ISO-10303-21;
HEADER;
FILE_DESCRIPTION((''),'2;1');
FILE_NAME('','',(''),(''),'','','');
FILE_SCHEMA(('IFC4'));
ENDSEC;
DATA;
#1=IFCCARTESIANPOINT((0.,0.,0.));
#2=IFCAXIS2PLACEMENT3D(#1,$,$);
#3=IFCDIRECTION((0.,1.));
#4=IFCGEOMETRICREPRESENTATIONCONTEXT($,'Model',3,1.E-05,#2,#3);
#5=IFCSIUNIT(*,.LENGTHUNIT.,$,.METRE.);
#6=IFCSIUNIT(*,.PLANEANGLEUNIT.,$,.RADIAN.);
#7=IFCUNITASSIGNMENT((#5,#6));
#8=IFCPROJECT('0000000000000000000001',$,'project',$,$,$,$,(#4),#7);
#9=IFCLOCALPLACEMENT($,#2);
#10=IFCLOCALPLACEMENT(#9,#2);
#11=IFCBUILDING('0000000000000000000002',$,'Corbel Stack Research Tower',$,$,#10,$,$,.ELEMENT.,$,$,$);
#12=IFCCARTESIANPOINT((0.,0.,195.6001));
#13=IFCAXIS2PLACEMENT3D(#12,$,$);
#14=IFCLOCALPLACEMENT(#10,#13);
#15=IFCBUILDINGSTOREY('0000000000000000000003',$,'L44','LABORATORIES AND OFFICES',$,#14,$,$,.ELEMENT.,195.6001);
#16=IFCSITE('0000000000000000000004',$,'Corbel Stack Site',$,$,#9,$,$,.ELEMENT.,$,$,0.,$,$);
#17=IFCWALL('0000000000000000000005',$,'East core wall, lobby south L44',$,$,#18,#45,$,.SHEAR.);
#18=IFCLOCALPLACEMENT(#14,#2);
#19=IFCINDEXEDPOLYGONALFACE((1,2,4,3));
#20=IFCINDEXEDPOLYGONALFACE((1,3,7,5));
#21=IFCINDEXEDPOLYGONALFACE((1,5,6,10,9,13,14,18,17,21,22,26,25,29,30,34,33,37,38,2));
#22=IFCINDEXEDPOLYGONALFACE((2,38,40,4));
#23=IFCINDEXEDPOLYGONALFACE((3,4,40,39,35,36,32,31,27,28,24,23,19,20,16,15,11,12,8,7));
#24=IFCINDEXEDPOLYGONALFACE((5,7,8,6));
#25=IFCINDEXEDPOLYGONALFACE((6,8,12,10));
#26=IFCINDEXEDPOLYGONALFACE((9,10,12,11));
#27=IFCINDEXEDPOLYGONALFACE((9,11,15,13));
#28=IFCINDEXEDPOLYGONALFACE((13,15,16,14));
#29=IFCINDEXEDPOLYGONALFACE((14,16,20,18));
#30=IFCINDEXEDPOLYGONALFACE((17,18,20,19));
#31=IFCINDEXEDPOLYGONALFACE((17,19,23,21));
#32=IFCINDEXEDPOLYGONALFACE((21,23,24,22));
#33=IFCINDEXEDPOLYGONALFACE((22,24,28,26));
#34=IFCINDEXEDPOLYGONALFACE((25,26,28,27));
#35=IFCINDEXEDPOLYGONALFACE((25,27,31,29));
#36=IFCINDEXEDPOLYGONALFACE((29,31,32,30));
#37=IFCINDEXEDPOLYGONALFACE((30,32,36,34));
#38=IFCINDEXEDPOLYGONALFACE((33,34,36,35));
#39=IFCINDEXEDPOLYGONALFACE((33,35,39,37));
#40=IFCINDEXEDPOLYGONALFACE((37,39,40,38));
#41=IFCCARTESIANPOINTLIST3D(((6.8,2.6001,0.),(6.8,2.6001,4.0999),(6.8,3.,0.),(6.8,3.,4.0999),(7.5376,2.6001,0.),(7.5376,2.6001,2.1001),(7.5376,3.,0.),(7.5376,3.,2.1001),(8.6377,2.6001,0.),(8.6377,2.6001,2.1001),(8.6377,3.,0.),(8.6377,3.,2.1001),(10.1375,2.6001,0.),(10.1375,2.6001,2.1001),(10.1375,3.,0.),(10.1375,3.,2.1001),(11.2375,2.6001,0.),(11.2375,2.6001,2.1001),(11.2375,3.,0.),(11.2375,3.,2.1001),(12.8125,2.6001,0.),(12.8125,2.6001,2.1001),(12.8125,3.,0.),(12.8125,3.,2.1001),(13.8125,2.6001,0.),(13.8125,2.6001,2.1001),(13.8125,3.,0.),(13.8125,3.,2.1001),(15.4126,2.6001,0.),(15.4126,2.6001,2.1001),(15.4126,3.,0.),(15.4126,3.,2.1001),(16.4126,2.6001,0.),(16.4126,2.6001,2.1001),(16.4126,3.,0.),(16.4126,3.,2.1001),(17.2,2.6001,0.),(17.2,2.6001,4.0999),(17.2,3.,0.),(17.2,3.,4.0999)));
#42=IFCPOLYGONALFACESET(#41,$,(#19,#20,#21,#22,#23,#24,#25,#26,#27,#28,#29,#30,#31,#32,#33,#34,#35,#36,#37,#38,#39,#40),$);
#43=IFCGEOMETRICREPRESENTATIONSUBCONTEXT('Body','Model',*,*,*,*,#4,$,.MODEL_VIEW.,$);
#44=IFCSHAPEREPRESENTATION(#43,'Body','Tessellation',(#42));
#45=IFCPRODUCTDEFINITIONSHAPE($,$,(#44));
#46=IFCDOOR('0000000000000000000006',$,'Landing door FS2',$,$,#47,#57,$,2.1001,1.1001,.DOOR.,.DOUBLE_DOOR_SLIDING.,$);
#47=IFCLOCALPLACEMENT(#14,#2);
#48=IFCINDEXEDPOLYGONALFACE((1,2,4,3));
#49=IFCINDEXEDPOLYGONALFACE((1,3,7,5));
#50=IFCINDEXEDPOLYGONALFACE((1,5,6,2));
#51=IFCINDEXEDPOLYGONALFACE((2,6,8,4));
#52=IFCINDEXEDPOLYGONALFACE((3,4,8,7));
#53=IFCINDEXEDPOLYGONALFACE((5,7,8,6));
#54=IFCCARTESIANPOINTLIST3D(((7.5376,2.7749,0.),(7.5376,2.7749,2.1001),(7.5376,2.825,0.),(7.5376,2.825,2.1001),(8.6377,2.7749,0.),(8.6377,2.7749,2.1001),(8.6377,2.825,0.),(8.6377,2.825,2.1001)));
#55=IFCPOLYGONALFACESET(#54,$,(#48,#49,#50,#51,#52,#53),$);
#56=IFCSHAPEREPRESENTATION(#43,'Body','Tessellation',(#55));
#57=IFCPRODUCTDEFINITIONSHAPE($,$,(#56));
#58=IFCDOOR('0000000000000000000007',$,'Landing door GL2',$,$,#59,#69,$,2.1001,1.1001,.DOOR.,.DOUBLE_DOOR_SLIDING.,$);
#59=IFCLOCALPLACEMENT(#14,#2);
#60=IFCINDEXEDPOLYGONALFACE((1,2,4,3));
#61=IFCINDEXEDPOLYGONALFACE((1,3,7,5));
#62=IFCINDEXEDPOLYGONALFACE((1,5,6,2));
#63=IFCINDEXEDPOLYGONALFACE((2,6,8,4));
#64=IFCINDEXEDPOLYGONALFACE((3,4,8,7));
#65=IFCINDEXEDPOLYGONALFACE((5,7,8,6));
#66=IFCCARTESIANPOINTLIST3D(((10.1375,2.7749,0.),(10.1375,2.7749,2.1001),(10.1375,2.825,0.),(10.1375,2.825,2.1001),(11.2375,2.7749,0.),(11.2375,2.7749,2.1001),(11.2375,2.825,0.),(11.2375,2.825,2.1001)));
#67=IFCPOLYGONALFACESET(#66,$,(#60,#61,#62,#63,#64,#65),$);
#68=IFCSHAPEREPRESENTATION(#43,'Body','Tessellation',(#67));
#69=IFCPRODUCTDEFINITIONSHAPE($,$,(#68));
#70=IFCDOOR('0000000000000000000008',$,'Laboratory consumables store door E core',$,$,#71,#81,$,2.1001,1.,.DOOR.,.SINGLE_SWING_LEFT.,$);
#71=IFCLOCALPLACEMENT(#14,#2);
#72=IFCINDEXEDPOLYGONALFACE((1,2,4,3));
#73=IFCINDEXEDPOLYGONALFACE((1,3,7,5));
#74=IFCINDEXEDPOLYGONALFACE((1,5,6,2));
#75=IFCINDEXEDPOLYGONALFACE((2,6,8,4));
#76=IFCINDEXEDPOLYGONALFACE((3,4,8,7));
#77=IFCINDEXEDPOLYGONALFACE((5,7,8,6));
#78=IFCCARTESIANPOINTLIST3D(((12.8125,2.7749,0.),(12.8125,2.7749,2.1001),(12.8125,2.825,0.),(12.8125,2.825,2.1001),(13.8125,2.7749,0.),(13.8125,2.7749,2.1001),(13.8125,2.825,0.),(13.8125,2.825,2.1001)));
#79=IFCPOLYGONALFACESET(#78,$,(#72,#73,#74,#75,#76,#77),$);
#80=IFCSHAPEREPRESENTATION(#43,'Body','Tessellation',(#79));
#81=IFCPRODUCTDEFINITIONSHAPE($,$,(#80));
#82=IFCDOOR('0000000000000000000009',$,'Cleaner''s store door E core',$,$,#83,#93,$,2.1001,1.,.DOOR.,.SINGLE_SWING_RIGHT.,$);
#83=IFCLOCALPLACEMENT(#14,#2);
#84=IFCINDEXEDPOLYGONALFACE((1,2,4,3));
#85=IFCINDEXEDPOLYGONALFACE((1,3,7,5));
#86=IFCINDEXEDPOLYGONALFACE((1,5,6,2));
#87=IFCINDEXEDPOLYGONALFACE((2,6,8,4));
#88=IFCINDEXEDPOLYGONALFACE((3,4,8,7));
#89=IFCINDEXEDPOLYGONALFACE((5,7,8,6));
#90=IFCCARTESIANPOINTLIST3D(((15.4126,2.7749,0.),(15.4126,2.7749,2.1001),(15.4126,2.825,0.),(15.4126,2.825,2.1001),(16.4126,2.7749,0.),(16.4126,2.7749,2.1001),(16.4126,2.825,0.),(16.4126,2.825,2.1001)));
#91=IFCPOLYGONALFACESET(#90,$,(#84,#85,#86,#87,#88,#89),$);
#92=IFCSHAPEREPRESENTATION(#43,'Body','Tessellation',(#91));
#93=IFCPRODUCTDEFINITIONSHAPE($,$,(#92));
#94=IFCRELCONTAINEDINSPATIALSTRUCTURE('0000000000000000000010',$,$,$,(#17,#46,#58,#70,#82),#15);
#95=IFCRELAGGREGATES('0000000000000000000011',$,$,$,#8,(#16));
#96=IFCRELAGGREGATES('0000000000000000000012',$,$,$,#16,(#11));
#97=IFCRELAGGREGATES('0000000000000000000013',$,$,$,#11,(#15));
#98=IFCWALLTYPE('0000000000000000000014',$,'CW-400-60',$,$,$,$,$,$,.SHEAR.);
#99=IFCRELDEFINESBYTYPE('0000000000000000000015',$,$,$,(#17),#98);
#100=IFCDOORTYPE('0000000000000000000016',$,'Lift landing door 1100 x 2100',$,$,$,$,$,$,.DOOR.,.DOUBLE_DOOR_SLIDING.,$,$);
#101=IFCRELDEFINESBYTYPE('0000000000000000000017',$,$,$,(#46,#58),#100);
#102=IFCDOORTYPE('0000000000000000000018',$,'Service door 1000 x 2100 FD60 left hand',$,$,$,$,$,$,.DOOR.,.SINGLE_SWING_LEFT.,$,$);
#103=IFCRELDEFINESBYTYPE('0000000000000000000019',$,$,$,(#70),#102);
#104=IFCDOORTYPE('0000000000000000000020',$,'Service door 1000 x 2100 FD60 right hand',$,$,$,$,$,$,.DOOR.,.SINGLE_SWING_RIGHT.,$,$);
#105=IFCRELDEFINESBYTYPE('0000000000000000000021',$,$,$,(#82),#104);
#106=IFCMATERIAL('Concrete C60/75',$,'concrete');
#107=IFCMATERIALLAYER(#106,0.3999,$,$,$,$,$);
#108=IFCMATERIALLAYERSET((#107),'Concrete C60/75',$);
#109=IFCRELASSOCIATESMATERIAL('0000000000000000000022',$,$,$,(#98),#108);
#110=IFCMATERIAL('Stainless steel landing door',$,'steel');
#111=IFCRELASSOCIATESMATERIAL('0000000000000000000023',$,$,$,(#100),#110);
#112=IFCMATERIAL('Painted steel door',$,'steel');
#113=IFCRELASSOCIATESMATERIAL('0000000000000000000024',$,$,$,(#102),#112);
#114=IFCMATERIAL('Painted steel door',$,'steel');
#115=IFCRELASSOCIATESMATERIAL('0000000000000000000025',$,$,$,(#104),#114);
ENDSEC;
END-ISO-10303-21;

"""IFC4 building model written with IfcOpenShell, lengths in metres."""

from ifc_helpers import new_model, si_unit, direction, frame, frame_2d, origin, place, context, subcontext, project, spatial, rectangle, extrude, material, layer, layer_set, type_object, element, fill, save


model = new_model("IFC4")

# Units and contexts
model_context = context("Model", 3, precision=1e-05, world=origin(), true_north=direction((0.0, 1.0)))
body_context = subcontext(model_context, "Body", "Model", "MODEL_VIEW")
ifc_project = project(units=[si_unit("LENGTHUNIT", "METRE"), si_unit("PLANEANGLEUNIT", "RADIAN")], contexts=[model_context])

# Site, building, storey
site_placement = place(None, origin())
site = spatial("IfcSite", under=ifc_project, at=site_placement, Name="Corbel Stack Site", CompositionType="ELEMENT", RefElevation=0.0)
building_placement = place(site_placement, origin())
building = spatial("IfcBuilding", under=site, at=building_placement, Name="Corbel Stack Research Tower", CompositionType="ELEMENT")
storey_placement = place(building_placement, frame((0.0, 0.0, 195.6001)))
storey = spatial("IfcBuildingStorey", under=building, at=storey_placement, Name="L44", Description="LABORATORIES AND OFFICES", CompositionType="ELEMENT", Elevation=195.6001)

# Wall, openings, doors
ifc_material_1 = material(Name="Concrete C60/75", Category="concrete")
ifc_layer_1 = layer(ifc_material_1, 0.3999)
ifc_layer_set_1 = layer_set([ifc_layer_1], Name="Concrete C60/75")
wall_type_1 = type_object("IfcWallType", Name="CW-400-60", PredefinedType="SHEAR", material=ifc_layer_set_1)
wall_1_placement = place(storey_placement, frame((6.8, 2.8, 0.0), z_axis=(0.0, 0.0, 1.0), x_axis=(1.0, 0.0, 0.0)))
wall_1 = element("IfcWall", 1, at=wall_1_placement, inside=storey, type_object=wall_type_1, Name="East core wall, lobby south L44", PredefinedType="SHEAR", context=body_context, shape_type="SweptSolid", body=[
    extrude(rectangle(XDim=10.3999, YDim=0.3999, at=frame_2d((5.2, 0.0))), origin(), (0.0, 0.0, 1.0), 4.0999),
])
opening_1_placement = place(wall_1_placement, frame((0.7375, 0.0, 0.0)))
opening_1 = element("IfcOpeningElement", 2, at=opening_1_placement, cuts=wall_1, PredefinedType="OPENING", context=body_context, shape_type="SweptSolid", body=[
    extrude(rectangle(XDim=1.1001, YDim=2.1001, at=frame_2d((0.55, 1.05))), frame((0.0, 0.21, 0.0), z_axis=(0.0, -1.0, 0.0), x_axis=(1.0, 0.0, 0.0)), (0.0, 0.0, 1.0), 0.4199),
])
opening_2_placement = place(wall_1_placement, frame((3.3374, 0.0, 0.0)))
opening_2 = element("IfcOpeningElement", 3, at=opening_2_placement, cuts=wall_1, PredefinedType="OPENING", context=body_context, shape_type="SweptSolid", body=[
    extrude(rectangle(XDim=1.1001, YDim=2.1001, at=frame_2d((0.55, 1.05))), frame((0.0, 0.21, 0.0), z_axis=(0.0, -1.0, 0.0), x_axis=(1.0, 0.0, 0.0)), (0.0, 0.0, 1.0), 0.4199),
])
opening_3_placement = place(wall_1_placement, frame((6.0125, 0.0, 0.0)))
opening_3 = element("IfcOpeningElement", 4, at=opening_3_placement, cuts=wall_1, PredefinedType="OPENING", context=body_context, shape_type="SweptSolid", body=[
    extrude(rectangle(XDim=1.0, YDim=2.1001, at=frame_2d((0.5, 1.05))), frame((0.0, 0.21, 0.0), z_axis=(0.0, -1.0, 0.0), x_axis=(1.0, 0.0, 0.0)), (0.0, 0.0, 1.0), 0.4199),
])
opening_4_placement = place(wall_1_placement, frame((8.6125, 0.0, 0.0)))
opening_4 = element("IfcOpeningElement", 5, at=opening_4_placement, cuts=wall_1, PredefinedType="OPENING", context=body_context, shape_type="SweptSolid", body=[
    extrude(rectangle(XDim=1.0, YDim=2.1001, at=frame_2d((0.5, 1.05))), frame((0.0, 0.21, 0.0), z_axis=(0.0, -1.0, 0.0), x_axis=(1.0, 0.0, 0.0)), (0.0, 0.0, 1.0), 0.4199),
])
ifc_material_2 = material(Name="Stainless steel landing door", Category="steel")
door_type_1 = type_object("IfcDoorType", Name="Lift landing door 1100 x 2100", OperationType="DOUBLE_DOOR_SLIDING", PredefinedType="DOOR", material=ifc_material_2)
door_1_placement = place(opening_1_placement, origin())
door_1 = element("IfcDoor", 6, at=door_1_placement, inside=storey, type_object=door_type_1, Name="Landing door FS2", OperationType="DOUBLE_DOOR_SLIDING", OverallHeight=2.1001, OverallWidth=1.1001, PredefinedType="DOOR", context=body_context, shape_type="SweptSolid", body=[
    extrude(rectangle(XDim=1.1001, YDim=2.1001, at=frame_2d((0.55, 1.05))), frame((0.0, 0.0249, 0.0), z_axis=(0.0, -1.0, 0.0), x_axis=(1.0, 0.0, 0.0)), (0.0, 0.0, 1.0), 0.05),
])
fill(opening_1, door_1)
door_2_placement = place(opening_2_placement, origin())
door_2 = element("IfcDoor", 7, at=door_2_placement, inside=storey, type_object=door_type_1, Name="Landing door GL2", OperationType="DOUBLE_DOOR_SLIDING", OverallHeight=2.1001, OverallWidth=1.1001, PredefinedType="DOOR", context=body_context, shape_type="SweptSolid", body=[
    extrude(rectangle(XDim=1.1001, YDim=2.1001, at=frame_2d((0.55, 1.05))), frame((0.0, 0.0249, 0.0), z_axis=(0.0, -1.0, 0.0), x_axis=(1.0, 0.0, 0.0)), (0.0, 0.0, 1.0), 0.05),
])
fill(opening_2, door_2)
ifc_material_3 = material(Name="Painted steel door", Category="steel")
door_type_2 = type_object("IfcDoorType", Name="Service door 1000 x 2100 FD60 left hand", OperationType="SINGLE_SWING_LEFT", PredefinedType="DOOR", material=ifc_material_3)
door_3_placement = place(opening_3_placement, origin())
door_3 = element("IfcDoor", 8, at=door_3_placement, inside=storey, type_object=door_type_2, Name="Laboratory consumables store door E core", OperationType="SINGLE_SWING_LEFT", OverallHeight=2.1001, OverallWidth=1.0, PredefinedType="DOOR", context=body_context, shape_type="SweptSolid", body=[
    extrude(rectangle(XDim=1.0, YDim=2.1001, at=frame_2d((0.5, 1.05))), frame((0.0, 0.0249, 0.0), z_axis=(0.0, -1.0, 0.0), x_axis=(1.0, 0.0, 0.0)), (0.0, 0.0, 1.0), 0.05),
])
fill(opening_3, door_3)
ifc_material_4 = material(Name="Painted steel door", Category="steel")
door_type_3 = type_object("IfcDoorType", Name="Service door 1000 x 2100 FD60 right hand", OperationType="SINGLE_SWING_RIGHT", PredefinedType="DOOR", material=ifc_material_4)
door_4_placement = place(opening_4_placement, origin())
door_4 = element("IfcDoor", 9, at=door_4_placement, inside=storey, type_object=door_type_3, Name="Cleaner's store door E core", OperationType="SINGLE_SWING_RIGHT", OverallHeight=2.1001, OverallWidth=1.0, PredefinedType="DOOR", context=body_context, shape_type="SweptSolid", body=[
    extrude(rectangle(XDim=1.0, YDim=2.1001, at=frame_2d((0.5, 1.05))), frame((0.0, 0.0249, 0.0), z_axis=(0.0, -1.0, 0.0), x_axis=(1.0, 0.0, 0.0)), (0.0, 0.0, 1.0), 0.05),
])
fill(opening_4, door_4)

save(model, "model.ifc")
